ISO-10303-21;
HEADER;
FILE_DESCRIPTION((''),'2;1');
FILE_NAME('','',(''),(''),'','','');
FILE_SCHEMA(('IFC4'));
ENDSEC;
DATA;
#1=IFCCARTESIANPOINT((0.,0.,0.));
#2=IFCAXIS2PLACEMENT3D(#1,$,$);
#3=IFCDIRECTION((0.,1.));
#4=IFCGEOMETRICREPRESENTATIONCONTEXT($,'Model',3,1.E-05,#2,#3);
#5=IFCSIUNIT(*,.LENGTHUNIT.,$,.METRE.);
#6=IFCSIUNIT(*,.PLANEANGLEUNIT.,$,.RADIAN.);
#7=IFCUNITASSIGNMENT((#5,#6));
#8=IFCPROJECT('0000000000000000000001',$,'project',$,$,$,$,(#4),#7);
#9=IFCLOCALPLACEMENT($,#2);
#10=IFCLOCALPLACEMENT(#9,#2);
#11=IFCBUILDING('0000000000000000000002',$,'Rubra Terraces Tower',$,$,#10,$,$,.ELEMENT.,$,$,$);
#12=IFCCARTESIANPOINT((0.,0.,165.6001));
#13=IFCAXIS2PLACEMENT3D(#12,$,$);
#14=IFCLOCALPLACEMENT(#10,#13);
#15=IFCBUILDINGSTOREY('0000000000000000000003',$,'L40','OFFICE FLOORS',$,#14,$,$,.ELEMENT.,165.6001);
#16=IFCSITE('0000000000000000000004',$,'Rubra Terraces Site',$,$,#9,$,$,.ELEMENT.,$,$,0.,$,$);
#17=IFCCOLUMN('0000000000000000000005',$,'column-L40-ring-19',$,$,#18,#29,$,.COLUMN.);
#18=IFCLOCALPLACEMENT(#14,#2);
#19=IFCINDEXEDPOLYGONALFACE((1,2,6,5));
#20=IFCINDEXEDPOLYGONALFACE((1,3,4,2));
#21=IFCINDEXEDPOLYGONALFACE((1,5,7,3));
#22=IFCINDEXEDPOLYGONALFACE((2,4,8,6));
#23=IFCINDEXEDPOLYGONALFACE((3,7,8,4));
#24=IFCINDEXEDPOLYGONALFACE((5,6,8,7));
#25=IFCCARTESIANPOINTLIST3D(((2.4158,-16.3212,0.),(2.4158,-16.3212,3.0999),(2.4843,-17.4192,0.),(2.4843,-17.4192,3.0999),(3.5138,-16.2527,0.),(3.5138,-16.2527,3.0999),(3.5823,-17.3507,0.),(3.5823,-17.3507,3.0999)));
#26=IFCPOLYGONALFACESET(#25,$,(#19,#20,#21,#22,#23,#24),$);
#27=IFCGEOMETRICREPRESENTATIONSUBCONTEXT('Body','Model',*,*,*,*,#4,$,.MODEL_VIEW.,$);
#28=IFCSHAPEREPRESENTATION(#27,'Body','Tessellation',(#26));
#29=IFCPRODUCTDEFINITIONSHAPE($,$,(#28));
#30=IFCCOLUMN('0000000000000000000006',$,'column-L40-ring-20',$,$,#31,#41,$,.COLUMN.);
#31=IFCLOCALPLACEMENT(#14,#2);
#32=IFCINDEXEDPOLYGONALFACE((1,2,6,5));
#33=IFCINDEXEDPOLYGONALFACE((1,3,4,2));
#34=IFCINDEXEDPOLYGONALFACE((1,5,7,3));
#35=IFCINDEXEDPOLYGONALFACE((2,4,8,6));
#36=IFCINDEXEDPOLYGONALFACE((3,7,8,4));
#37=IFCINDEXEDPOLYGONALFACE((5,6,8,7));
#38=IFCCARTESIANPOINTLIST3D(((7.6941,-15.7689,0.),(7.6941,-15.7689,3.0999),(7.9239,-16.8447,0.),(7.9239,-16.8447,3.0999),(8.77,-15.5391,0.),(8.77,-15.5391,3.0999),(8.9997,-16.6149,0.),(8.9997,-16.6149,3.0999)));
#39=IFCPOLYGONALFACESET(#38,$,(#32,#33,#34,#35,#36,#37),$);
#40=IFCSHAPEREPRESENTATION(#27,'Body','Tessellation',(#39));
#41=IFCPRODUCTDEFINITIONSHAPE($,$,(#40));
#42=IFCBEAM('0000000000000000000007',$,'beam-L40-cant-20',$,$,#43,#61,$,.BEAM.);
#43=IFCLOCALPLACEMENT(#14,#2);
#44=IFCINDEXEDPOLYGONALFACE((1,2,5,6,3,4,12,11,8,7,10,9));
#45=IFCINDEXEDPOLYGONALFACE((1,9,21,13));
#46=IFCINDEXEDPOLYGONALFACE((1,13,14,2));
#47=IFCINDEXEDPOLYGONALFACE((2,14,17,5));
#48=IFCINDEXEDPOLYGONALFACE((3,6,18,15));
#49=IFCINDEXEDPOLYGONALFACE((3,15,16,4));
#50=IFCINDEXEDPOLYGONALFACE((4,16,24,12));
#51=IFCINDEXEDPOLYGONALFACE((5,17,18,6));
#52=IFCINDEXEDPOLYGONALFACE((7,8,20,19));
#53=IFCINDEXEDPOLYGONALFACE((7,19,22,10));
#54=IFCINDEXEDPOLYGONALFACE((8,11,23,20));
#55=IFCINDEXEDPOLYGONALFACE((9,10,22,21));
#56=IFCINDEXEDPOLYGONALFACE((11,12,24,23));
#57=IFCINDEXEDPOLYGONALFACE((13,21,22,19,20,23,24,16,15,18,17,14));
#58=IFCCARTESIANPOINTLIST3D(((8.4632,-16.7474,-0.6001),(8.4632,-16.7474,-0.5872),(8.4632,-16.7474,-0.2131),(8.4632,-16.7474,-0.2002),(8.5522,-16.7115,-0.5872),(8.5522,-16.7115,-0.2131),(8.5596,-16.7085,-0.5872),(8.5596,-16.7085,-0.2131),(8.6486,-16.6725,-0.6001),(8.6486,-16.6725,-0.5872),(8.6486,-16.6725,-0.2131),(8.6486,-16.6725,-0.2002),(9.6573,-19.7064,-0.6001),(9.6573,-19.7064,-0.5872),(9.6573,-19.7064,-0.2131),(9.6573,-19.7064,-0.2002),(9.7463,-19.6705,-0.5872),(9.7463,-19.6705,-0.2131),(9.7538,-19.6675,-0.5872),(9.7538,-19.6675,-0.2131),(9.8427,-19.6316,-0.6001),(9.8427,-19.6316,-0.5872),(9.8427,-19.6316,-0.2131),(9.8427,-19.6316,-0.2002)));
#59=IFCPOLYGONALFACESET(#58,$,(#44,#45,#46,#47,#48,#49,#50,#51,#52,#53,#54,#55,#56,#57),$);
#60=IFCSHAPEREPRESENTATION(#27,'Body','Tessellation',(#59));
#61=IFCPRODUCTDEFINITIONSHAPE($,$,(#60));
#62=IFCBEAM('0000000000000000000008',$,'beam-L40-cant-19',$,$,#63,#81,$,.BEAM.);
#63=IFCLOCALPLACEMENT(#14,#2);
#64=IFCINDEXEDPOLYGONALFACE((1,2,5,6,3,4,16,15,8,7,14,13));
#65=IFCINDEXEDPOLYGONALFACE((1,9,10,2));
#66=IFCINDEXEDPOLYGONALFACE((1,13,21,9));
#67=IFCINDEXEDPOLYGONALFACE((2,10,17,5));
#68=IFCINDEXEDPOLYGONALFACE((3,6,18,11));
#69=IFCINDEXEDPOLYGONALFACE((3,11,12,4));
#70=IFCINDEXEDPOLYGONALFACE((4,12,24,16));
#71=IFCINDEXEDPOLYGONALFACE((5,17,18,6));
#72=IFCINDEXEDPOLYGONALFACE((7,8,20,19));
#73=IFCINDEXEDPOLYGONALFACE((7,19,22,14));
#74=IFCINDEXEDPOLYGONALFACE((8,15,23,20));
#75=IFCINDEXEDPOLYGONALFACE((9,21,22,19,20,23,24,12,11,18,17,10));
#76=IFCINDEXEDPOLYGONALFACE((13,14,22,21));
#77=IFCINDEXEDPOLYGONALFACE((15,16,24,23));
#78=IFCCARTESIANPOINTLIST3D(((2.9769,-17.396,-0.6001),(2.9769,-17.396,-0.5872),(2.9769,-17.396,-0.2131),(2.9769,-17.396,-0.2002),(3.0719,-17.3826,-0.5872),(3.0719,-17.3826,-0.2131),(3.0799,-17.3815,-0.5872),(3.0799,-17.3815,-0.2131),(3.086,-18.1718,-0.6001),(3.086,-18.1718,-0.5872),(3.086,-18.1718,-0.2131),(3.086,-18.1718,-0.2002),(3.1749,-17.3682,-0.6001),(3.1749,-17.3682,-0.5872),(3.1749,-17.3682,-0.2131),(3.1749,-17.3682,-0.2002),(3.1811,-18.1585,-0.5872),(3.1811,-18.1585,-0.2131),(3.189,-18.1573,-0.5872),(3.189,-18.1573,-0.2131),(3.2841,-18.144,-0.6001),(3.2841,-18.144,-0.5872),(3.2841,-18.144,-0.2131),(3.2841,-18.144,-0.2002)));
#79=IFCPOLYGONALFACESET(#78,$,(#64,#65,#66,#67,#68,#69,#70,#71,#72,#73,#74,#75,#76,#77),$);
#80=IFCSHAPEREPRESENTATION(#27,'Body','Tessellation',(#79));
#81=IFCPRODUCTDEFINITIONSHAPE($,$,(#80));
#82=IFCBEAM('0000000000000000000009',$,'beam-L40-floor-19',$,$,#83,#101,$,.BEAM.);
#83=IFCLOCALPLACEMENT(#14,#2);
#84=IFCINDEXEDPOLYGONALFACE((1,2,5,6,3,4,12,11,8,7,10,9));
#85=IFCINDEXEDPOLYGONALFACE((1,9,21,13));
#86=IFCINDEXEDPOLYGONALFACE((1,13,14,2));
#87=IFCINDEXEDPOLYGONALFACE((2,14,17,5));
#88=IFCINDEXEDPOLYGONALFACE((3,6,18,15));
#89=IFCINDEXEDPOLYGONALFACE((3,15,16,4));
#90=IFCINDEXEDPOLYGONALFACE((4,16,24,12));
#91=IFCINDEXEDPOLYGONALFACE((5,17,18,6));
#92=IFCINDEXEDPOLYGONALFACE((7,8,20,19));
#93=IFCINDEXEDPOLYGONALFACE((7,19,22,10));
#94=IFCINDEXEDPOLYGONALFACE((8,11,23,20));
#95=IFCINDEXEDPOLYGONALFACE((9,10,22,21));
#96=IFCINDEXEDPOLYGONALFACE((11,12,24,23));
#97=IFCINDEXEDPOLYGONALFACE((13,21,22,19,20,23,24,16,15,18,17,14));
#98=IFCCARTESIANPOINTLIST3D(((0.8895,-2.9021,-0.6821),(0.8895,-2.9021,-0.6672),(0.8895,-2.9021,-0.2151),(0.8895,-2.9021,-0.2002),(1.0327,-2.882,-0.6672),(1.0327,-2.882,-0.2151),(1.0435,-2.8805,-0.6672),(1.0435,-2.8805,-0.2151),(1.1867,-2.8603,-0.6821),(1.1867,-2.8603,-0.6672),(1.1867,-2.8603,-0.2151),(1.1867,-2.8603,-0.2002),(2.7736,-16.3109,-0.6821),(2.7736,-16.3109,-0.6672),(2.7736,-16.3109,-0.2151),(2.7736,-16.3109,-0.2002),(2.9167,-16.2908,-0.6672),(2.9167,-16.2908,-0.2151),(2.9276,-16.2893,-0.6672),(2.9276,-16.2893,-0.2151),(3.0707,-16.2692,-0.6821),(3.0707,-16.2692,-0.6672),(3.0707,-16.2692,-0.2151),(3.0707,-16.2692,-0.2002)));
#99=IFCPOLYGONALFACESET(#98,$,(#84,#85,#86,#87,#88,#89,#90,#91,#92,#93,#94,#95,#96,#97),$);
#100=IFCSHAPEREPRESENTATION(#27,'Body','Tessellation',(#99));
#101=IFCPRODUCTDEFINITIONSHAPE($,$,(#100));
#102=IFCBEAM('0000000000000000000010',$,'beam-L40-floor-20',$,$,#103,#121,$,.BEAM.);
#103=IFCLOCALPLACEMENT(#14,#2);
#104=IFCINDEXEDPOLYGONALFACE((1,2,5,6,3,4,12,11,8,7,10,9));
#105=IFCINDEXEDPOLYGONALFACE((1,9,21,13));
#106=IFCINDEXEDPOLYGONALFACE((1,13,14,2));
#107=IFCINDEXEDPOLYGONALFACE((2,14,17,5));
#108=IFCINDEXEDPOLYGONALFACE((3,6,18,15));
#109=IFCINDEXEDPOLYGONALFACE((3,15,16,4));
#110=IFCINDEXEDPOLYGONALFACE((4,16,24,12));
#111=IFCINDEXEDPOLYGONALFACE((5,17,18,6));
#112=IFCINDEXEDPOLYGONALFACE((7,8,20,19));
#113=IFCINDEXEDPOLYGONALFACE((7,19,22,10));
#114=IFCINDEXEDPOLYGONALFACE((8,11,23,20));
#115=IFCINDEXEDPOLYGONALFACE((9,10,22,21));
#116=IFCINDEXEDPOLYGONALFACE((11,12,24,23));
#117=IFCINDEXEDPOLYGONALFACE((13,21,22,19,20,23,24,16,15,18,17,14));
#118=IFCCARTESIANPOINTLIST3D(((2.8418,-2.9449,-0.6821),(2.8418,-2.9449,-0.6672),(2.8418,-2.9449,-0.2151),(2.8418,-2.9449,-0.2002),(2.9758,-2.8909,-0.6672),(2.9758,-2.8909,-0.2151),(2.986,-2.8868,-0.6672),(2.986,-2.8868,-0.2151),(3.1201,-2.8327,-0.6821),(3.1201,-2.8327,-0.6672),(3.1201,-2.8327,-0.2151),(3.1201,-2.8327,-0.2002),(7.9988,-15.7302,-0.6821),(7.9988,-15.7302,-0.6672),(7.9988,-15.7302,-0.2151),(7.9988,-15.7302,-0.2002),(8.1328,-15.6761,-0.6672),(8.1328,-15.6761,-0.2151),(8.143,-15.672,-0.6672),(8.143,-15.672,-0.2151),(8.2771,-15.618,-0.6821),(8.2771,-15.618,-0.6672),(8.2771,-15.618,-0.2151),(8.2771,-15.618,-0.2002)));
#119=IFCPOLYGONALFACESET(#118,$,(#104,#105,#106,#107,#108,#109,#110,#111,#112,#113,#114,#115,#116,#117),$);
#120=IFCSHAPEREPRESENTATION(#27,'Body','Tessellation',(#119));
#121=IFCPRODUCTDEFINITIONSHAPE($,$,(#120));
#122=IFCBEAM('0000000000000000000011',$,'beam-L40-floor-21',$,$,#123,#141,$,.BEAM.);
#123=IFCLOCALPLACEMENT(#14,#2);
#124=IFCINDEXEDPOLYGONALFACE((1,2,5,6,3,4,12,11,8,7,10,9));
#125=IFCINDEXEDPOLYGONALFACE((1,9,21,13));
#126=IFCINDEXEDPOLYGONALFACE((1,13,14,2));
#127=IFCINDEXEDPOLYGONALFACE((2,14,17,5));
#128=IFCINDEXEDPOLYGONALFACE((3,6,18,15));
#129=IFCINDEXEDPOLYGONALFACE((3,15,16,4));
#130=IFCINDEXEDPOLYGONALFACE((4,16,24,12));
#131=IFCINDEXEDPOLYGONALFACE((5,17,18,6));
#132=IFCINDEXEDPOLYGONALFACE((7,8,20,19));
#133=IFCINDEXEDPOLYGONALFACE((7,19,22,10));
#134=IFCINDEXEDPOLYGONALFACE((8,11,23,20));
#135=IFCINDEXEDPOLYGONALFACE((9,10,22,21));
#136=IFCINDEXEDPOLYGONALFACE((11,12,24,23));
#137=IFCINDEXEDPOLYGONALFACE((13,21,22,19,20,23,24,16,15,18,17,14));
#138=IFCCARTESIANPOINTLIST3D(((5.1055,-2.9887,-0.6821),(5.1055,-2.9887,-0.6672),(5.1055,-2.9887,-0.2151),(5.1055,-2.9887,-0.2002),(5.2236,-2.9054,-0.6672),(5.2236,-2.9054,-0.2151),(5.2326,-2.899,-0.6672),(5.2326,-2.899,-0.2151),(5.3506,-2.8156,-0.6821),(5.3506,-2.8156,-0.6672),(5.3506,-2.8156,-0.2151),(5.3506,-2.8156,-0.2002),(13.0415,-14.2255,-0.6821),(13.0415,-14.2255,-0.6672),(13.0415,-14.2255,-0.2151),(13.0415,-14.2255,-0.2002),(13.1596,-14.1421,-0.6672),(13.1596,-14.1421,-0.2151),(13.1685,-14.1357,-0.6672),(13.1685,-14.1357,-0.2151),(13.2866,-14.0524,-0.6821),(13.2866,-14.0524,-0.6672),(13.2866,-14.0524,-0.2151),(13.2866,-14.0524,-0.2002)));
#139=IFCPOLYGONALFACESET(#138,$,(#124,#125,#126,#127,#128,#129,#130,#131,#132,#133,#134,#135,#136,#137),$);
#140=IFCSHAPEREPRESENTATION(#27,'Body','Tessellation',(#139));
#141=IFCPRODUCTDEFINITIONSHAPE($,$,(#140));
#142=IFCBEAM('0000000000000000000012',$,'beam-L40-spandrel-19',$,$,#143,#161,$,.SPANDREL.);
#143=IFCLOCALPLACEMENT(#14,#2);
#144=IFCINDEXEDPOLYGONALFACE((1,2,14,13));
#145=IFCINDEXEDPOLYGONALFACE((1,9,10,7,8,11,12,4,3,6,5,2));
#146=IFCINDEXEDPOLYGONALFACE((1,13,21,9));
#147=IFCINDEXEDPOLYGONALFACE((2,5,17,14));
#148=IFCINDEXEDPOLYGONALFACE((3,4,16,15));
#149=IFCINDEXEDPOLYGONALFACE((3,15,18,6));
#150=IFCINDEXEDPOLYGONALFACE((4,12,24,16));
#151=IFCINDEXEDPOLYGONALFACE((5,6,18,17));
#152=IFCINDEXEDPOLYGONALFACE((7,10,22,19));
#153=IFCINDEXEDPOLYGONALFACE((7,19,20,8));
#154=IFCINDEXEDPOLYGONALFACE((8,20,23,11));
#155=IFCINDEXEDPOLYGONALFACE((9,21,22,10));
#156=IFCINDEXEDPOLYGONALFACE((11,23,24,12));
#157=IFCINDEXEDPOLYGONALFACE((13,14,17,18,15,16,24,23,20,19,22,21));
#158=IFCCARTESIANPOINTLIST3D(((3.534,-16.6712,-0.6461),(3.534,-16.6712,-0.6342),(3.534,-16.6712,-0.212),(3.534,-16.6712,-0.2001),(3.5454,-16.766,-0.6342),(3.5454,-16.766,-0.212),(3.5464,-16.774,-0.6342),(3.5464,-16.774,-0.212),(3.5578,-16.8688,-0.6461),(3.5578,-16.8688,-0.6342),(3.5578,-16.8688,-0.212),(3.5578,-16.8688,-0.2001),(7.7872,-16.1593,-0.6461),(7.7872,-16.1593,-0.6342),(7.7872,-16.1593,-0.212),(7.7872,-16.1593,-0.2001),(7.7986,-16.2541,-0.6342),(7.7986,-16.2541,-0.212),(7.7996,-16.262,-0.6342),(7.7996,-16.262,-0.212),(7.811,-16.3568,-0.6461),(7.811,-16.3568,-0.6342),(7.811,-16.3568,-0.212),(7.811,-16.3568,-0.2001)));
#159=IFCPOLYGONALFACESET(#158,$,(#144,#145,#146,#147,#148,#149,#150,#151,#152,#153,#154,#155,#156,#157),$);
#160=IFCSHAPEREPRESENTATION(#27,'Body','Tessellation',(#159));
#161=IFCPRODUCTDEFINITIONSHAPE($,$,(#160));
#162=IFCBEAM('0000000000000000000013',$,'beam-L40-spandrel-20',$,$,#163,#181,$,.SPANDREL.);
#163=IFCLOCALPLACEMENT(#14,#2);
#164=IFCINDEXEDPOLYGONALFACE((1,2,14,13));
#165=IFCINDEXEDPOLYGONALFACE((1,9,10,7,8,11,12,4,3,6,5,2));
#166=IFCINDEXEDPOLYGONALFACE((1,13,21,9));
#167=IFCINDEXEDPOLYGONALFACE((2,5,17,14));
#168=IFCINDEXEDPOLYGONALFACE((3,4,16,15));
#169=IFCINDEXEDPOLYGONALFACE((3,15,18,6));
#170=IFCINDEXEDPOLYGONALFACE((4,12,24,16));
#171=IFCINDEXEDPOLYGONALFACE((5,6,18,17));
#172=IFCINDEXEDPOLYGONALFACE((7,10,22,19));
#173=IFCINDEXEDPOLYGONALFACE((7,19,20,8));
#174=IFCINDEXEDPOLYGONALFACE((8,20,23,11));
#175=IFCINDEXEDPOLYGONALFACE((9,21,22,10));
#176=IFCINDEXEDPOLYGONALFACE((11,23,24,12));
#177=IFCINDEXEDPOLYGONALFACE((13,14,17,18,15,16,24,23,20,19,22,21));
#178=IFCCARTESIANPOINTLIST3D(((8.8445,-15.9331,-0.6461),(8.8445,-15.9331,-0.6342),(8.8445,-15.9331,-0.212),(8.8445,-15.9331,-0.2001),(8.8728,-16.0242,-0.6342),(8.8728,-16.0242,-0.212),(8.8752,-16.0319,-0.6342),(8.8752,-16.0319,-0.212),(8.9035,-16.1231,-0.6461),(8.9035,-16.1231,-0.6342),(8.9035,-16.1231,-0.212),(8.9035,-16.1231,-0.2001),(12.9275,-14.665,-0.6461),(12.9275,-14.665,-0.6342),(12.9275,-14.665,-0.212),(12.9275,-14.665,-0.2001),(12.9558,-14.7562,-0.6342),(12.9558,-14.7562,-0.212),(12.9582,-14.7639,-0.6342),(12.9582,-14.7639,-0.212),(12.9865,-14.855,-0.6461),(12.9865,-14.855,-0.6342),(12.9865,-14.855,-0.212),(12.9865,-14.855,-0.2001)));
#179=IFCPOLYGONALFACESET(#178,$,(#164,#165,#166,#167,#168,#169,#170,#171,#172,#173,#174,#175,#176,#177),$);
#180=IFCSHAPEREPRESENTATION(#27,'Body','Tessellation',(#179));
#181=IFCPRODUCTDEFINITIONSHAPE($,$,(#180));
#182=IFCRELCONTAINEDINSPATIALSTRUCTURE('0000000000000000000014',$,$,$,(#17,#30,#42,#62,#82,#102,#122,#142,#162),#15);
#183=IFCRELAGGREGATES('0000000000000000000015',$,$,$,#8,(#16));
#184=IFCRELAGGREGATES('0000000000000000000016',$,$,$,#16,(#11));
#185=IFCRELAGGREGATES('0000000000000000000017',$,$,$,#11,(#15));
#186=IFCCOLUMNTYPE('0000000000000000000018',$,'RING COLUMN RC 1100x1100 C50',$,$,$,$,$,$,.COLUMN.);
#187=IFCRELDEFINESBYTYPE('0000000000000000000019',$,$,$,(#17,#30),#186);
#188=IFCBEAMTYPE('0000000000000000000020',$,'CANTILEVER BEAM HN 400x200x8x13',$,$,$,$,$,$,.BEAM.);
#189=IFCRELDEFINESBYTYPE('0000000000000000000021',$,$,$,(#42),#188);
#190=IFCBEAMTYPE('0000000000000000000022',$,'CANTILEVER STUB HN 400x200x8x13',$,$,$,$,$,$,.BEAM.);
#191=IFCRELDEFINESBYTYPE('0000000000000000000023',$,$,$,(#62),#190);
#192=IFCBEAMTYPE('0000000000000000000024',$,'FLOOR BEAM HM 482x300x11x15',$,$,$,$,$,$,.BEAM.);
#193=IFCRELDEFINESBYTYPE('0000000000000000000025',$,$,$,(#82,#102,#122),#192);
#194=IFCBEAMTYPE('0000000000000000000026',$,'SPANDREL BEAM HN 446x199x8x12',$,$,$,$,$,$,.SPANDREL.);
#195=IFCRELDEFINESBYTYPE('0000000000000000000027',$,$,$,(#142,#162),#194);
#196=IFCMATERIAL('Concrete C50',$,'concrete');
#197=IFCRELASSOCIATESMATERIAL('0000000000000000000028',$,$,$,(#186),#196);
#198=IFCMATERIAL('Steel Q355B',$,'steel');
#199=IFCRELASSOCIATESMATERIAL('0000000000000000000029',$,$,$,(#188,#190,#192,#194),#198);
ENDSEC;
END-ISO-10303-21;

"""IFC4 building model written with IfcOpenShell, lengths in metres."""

from ifc_helpers import new_model, si_unit, direction, frame, origin, origin_2d, place, context, subcontext, project, spatial, rectangle, i_section, extrude, material, material_profile, profile_set, type_object, element, save


model = new_model("IFC4")

# Units and contexts
model_context = context("Model", 3, precision=1e-05, world=origin(), true_north=direction((0.0, 1.0)))
body_context = subcontext(model_context, "Body", "Model", "MODEL_VIEW")
ifc_project = project(units=[si_unit("LENGTHUNIT", "METRE"), si_unit("PLANEANGLEUNIT", "RADIAN")], contexts=[model_context])

# Site, building, storey
site_placement = place(None, origin())
site = spatial("IfcSite", under=ifc_project, at=site_placement, Name="Rubra Terraces Site", CompositionType="ELEMENT", RefElevation=0.0)
building_placement = place(site_placement, origin())
building = spatial("IfcBuilding", under=site, at=building_placement, Name="Rubra Terraces Tower", CompositionType="ELEMENT")
storey_placement = place(building_placement, frame((0.0, 0.0, 165.6001)))
storey = spatial("IfcBuildingStorey", under=building, at=storey_placement, Name="L40", Description="OFFICE FLOORS", CompositionType="ELEMENT", Elevation=165.6001)

# Columns
ifc_material_1 = material(Name="Concrete C50", Category="concrete")
ifc_material_profile_1 = material_profile(ifc_material_1, rectangle(XDim=1.1001, YDim=1.1001, at=origin_2d()), Name="RC 1100x1100")
ifc_profile_set_1 = profile_set([ifc_material_profile_1], Name="Concrete C50")
column_type = type_object("IfcColumnType", Name="RING COLUMN RC 1100x1100 C50", PredefinedType="COLUMN", material=ifc_profile_set_1)
for number, where, z_axis, x_axis, name in (
    (1, (2.999, -16.8359, 0.0), (0.0, 0.0, 1.0), (0.998059, 0.062268, 0.0), "column-L40-ring-19"),
    (2, (8.3469, -16.1919, 0.0), (0.0, 0.0, 1.0), (0.977944, 0.208867, 0.0), "column-L40-ring-20"),
):
    element("IfcColumn", number, at=place(storey_placement, frame(where, z_axis=z_axis, x_axis=x_axis)), inside=storey, type_object=column_type, Name=name, PredefinedType="COLUMN", context=body_context, shape_type="SweptSolid", body=[
        extrude(rectangle(XDim=1.1001, YDim=1.1001, at=origin_2d()), origin(), (0.0, 0.0, 1.0), 3.0999),
    ])

# Beams
ifc_material_2 = material(Name="Steel Q355B", Category="steel")
ifc_material_profile_2 = material_profile(ifc_material_2, i_section(OverallWidth=0.2, OverallDepth=0.3999, WebThickness=0.0081, FlangeThickness=0.0129, at=origin_2d()), Name="HN 400x200x8x13")
ifc_profile_set_2 = profile_set([ifc_material_profile_2], Name="Steel Q355B")
beam_type_1 = type_object("IfcBeamType", Name="CANTILEVER BEAM HN 400x200x8x13", PredefinedType="BEAM", material=ifc_profile_set_2)
beam_1_placement = place(storey_placement, frame((8.5559, -16.71, -0.4001), z_axis=(0.374225, -0.927338, 0.0), x_axis=(0.927338, 0.374225, 0.0)))
element("IfcBeam", 3, at=beam_1_placement, inside=storey, type_object=beam_type_1, Name="beam-L40-cant-20", PredefinedType="BEAM", context=body_context, shape_type="SweptSolid", body=[
    extrude(i_section(OverallWidth=0.2, OverallDepth=0.3999, WebThickness=0.0081, FlangeThickness=0.0129, at=origin_2d()), origin(), (0.0, 0.0, 1.0), 3.1909),
])
ifc_material_profile_3 = material_profile(ifc_material_2, i_section(OverallWidth=0.2, OverallDepth=0.3999, WebThickness=0.0081, FlangeThickness=0.0129, at=origin_2d()), Name="HN 400x200x8x13")
ifc_profile_set_3 = profile_set([ifc_material_profile_3], Name="Steel Q355B")
beam_type_2 = type_object("IfcBeamType", Name="CANTILEVER STUB HN 400x200x8x13", PredefinedType="BEAM", material=ifc_profile_set_3)
beam_2_placement = place(storey_placement, frame((3.0759, -17.3821, -0.4001), z_axis=(0.139283, -0.990253, 0.0), x_axis=(0.990253, 0.139283, 0.0)))
element("IfcBeam", 4, at=beam_2_placement, inside=storey, type_object=beam_type_2, Name="beam-L40-cant-19", PredefinedType="BEAM", context=body_context, shape_type="SweptSolid", body=[
    extrude(i_section(OverallWidth=0.2, OverallDepth=0.3999, WebThickness=0.0081, FlangeThickness=0.0129, at=origin_2d()), origin(), (0.0, 0.0, 1.0), 0.7834),
])
ifc_material_profile_4 = material_profile(ifc_material_2, i_section(OverallWidth=0.3, OverallDepth=0.4819, WebThickness=0.011, FlangeThickness=0.0149, at=origin_2d()), Name="HM 482x300x11x15")
ifc_profile_set_4 = profile_set([ifc_material_profile_4], Name="Steel Q355B")
beam_type_3 = type_object("IfcBeamType", Name="FLOOR BEAM HM 482x300x11x15", PredefinedType="BEAM", material=ifc_profile_set_4)
beam_3_placement = place(storey_placement, frame((2.9221, -16.29, -0.4412), z_axis=(-0.139139, 0.990273, 0.0), x_axis=(-0.990273, -0.139139, 0.0)))
element("IfcBeam", 5, at=beam_3_placement, inside=storey, type_object=beam_type_3, Name="beam-L40-floor-19", PredefinedType="BEAM", context=body_context, shape_type="SweptSolid", body=[
    extrude(i_section(OverallWidth=0.3, OverallDepth=0.4819, WebThickness=0.011, FlangeThickness=0.0149, at=origin_2d()), origin(), (0.0, 0.0, 1.0), 13.5405),
])
beam_4_placement = place(storey_placement, frame((8.1379, -15.6741, -0.4412), z_axis=(-0.374073, 0.927399, 0.0), x_axis=(-0.927399, -0.374073, 0.0)))
element("IfcBeam", 6, at=beam_4_placement, inside=storey, type_object=beam_type_3, Name="beam-L40-floor-20", PredefinedType="BEAM", context=body_context, shape_type="SweptSolid", body=[
    extrude(i_section(OverallWidth=0.3, OverallDepth=0.4819, WebThickness=0.011, FlangeThickness=0.0149, at=origin_2d()), origin(), (0.0, 0.0, 1.0), 13.7861),
])
beam_5_placement = place(storey_placement, frame((13.1641, -14.1389, -0.4412), z_axis=(-0.576885, 0.816825, 0.0), x_axis=(-0.816825, -0.576885, 0.0)))
element("IfcBeam", 7, at=beam_5_placement, inside=storey, type_object=beam_type_3, Name="beam-L40-floor-21", PredefinedType="BEAM", context=body_context, shape_type="SweptSolid", body=[
    extrude(i_section(OverallWidth=0.3, OverallDepth=0.4819, WebThickness=0.011, FlangeThickness=0.0149, at=origin_2d()), origin(), (0.0, 0.0, 1.0), 13.7566),
])
ifc_material_profile_5 = material_profile(ifc_material_2, i_section(OverallWidth=0.199, OverallDepth=0.446, WebThickness=0.0081, FlangeThickness=0.012, at=origin_2d()), Name="HN 446x199x8x12")
ifc_profile_set_5 = profile_set([ifc_material_profile_5], Name="Steel Q355B")
beam_type_4 = type_object("IfcBeamType", Name="SPANDREL BEAM HN 446x199x8x12", PredefinedType="SPANDREL", material=ifc_profile_set_5)
beam_6_placement = place(storey_placement, frame((3.5459, -16.77, -0.4231), z_axis=(0.992833, 0.119509, 0.0), x_axis=(-0.119509, 0.992833, 0.0)))
element("IfcBeam", 8, at=beam_6_placement, inside=storey, type_object=beam_type_4, Name="beam-L40-spandrel-19", PredefinedType="SPANDREL", context=body_context, shape_type="SweptSolid", body=[
    extrude(i_section(OverallWidth=0.199, OverallDepth=0.446, WebThickness=0.0081, FlangeThickness=0.012, at=origin_2d()), origin(), (0.0, 0.0, 1.0), 4.2839),
])
beam_7_placement = place(storey_placement, frame((8.874, -16.0281, -0.4231), z_axis=(0.955003, 0.296597, 0.0), x_axis=(-0.296597, 0.955003, 0.0)))
element("IfcBeam", 9, at=beam_7_placement, inside=storey, type_object=beam_type_4, Name="beam-L40-spandrel-20", PredefinedType="SPANDREL", context=body_context, shape_type="SweptSolid", body=[
    extrude(i_section(OverallWidth=0.199, OverallDepth=0.446, WebThickness=0.0081, FlangeThickness=0.012, at=origin_2d()), origin(), (0.0, 0.0, 1.0), 4.2754),
])

save(model, "model.ifc")
